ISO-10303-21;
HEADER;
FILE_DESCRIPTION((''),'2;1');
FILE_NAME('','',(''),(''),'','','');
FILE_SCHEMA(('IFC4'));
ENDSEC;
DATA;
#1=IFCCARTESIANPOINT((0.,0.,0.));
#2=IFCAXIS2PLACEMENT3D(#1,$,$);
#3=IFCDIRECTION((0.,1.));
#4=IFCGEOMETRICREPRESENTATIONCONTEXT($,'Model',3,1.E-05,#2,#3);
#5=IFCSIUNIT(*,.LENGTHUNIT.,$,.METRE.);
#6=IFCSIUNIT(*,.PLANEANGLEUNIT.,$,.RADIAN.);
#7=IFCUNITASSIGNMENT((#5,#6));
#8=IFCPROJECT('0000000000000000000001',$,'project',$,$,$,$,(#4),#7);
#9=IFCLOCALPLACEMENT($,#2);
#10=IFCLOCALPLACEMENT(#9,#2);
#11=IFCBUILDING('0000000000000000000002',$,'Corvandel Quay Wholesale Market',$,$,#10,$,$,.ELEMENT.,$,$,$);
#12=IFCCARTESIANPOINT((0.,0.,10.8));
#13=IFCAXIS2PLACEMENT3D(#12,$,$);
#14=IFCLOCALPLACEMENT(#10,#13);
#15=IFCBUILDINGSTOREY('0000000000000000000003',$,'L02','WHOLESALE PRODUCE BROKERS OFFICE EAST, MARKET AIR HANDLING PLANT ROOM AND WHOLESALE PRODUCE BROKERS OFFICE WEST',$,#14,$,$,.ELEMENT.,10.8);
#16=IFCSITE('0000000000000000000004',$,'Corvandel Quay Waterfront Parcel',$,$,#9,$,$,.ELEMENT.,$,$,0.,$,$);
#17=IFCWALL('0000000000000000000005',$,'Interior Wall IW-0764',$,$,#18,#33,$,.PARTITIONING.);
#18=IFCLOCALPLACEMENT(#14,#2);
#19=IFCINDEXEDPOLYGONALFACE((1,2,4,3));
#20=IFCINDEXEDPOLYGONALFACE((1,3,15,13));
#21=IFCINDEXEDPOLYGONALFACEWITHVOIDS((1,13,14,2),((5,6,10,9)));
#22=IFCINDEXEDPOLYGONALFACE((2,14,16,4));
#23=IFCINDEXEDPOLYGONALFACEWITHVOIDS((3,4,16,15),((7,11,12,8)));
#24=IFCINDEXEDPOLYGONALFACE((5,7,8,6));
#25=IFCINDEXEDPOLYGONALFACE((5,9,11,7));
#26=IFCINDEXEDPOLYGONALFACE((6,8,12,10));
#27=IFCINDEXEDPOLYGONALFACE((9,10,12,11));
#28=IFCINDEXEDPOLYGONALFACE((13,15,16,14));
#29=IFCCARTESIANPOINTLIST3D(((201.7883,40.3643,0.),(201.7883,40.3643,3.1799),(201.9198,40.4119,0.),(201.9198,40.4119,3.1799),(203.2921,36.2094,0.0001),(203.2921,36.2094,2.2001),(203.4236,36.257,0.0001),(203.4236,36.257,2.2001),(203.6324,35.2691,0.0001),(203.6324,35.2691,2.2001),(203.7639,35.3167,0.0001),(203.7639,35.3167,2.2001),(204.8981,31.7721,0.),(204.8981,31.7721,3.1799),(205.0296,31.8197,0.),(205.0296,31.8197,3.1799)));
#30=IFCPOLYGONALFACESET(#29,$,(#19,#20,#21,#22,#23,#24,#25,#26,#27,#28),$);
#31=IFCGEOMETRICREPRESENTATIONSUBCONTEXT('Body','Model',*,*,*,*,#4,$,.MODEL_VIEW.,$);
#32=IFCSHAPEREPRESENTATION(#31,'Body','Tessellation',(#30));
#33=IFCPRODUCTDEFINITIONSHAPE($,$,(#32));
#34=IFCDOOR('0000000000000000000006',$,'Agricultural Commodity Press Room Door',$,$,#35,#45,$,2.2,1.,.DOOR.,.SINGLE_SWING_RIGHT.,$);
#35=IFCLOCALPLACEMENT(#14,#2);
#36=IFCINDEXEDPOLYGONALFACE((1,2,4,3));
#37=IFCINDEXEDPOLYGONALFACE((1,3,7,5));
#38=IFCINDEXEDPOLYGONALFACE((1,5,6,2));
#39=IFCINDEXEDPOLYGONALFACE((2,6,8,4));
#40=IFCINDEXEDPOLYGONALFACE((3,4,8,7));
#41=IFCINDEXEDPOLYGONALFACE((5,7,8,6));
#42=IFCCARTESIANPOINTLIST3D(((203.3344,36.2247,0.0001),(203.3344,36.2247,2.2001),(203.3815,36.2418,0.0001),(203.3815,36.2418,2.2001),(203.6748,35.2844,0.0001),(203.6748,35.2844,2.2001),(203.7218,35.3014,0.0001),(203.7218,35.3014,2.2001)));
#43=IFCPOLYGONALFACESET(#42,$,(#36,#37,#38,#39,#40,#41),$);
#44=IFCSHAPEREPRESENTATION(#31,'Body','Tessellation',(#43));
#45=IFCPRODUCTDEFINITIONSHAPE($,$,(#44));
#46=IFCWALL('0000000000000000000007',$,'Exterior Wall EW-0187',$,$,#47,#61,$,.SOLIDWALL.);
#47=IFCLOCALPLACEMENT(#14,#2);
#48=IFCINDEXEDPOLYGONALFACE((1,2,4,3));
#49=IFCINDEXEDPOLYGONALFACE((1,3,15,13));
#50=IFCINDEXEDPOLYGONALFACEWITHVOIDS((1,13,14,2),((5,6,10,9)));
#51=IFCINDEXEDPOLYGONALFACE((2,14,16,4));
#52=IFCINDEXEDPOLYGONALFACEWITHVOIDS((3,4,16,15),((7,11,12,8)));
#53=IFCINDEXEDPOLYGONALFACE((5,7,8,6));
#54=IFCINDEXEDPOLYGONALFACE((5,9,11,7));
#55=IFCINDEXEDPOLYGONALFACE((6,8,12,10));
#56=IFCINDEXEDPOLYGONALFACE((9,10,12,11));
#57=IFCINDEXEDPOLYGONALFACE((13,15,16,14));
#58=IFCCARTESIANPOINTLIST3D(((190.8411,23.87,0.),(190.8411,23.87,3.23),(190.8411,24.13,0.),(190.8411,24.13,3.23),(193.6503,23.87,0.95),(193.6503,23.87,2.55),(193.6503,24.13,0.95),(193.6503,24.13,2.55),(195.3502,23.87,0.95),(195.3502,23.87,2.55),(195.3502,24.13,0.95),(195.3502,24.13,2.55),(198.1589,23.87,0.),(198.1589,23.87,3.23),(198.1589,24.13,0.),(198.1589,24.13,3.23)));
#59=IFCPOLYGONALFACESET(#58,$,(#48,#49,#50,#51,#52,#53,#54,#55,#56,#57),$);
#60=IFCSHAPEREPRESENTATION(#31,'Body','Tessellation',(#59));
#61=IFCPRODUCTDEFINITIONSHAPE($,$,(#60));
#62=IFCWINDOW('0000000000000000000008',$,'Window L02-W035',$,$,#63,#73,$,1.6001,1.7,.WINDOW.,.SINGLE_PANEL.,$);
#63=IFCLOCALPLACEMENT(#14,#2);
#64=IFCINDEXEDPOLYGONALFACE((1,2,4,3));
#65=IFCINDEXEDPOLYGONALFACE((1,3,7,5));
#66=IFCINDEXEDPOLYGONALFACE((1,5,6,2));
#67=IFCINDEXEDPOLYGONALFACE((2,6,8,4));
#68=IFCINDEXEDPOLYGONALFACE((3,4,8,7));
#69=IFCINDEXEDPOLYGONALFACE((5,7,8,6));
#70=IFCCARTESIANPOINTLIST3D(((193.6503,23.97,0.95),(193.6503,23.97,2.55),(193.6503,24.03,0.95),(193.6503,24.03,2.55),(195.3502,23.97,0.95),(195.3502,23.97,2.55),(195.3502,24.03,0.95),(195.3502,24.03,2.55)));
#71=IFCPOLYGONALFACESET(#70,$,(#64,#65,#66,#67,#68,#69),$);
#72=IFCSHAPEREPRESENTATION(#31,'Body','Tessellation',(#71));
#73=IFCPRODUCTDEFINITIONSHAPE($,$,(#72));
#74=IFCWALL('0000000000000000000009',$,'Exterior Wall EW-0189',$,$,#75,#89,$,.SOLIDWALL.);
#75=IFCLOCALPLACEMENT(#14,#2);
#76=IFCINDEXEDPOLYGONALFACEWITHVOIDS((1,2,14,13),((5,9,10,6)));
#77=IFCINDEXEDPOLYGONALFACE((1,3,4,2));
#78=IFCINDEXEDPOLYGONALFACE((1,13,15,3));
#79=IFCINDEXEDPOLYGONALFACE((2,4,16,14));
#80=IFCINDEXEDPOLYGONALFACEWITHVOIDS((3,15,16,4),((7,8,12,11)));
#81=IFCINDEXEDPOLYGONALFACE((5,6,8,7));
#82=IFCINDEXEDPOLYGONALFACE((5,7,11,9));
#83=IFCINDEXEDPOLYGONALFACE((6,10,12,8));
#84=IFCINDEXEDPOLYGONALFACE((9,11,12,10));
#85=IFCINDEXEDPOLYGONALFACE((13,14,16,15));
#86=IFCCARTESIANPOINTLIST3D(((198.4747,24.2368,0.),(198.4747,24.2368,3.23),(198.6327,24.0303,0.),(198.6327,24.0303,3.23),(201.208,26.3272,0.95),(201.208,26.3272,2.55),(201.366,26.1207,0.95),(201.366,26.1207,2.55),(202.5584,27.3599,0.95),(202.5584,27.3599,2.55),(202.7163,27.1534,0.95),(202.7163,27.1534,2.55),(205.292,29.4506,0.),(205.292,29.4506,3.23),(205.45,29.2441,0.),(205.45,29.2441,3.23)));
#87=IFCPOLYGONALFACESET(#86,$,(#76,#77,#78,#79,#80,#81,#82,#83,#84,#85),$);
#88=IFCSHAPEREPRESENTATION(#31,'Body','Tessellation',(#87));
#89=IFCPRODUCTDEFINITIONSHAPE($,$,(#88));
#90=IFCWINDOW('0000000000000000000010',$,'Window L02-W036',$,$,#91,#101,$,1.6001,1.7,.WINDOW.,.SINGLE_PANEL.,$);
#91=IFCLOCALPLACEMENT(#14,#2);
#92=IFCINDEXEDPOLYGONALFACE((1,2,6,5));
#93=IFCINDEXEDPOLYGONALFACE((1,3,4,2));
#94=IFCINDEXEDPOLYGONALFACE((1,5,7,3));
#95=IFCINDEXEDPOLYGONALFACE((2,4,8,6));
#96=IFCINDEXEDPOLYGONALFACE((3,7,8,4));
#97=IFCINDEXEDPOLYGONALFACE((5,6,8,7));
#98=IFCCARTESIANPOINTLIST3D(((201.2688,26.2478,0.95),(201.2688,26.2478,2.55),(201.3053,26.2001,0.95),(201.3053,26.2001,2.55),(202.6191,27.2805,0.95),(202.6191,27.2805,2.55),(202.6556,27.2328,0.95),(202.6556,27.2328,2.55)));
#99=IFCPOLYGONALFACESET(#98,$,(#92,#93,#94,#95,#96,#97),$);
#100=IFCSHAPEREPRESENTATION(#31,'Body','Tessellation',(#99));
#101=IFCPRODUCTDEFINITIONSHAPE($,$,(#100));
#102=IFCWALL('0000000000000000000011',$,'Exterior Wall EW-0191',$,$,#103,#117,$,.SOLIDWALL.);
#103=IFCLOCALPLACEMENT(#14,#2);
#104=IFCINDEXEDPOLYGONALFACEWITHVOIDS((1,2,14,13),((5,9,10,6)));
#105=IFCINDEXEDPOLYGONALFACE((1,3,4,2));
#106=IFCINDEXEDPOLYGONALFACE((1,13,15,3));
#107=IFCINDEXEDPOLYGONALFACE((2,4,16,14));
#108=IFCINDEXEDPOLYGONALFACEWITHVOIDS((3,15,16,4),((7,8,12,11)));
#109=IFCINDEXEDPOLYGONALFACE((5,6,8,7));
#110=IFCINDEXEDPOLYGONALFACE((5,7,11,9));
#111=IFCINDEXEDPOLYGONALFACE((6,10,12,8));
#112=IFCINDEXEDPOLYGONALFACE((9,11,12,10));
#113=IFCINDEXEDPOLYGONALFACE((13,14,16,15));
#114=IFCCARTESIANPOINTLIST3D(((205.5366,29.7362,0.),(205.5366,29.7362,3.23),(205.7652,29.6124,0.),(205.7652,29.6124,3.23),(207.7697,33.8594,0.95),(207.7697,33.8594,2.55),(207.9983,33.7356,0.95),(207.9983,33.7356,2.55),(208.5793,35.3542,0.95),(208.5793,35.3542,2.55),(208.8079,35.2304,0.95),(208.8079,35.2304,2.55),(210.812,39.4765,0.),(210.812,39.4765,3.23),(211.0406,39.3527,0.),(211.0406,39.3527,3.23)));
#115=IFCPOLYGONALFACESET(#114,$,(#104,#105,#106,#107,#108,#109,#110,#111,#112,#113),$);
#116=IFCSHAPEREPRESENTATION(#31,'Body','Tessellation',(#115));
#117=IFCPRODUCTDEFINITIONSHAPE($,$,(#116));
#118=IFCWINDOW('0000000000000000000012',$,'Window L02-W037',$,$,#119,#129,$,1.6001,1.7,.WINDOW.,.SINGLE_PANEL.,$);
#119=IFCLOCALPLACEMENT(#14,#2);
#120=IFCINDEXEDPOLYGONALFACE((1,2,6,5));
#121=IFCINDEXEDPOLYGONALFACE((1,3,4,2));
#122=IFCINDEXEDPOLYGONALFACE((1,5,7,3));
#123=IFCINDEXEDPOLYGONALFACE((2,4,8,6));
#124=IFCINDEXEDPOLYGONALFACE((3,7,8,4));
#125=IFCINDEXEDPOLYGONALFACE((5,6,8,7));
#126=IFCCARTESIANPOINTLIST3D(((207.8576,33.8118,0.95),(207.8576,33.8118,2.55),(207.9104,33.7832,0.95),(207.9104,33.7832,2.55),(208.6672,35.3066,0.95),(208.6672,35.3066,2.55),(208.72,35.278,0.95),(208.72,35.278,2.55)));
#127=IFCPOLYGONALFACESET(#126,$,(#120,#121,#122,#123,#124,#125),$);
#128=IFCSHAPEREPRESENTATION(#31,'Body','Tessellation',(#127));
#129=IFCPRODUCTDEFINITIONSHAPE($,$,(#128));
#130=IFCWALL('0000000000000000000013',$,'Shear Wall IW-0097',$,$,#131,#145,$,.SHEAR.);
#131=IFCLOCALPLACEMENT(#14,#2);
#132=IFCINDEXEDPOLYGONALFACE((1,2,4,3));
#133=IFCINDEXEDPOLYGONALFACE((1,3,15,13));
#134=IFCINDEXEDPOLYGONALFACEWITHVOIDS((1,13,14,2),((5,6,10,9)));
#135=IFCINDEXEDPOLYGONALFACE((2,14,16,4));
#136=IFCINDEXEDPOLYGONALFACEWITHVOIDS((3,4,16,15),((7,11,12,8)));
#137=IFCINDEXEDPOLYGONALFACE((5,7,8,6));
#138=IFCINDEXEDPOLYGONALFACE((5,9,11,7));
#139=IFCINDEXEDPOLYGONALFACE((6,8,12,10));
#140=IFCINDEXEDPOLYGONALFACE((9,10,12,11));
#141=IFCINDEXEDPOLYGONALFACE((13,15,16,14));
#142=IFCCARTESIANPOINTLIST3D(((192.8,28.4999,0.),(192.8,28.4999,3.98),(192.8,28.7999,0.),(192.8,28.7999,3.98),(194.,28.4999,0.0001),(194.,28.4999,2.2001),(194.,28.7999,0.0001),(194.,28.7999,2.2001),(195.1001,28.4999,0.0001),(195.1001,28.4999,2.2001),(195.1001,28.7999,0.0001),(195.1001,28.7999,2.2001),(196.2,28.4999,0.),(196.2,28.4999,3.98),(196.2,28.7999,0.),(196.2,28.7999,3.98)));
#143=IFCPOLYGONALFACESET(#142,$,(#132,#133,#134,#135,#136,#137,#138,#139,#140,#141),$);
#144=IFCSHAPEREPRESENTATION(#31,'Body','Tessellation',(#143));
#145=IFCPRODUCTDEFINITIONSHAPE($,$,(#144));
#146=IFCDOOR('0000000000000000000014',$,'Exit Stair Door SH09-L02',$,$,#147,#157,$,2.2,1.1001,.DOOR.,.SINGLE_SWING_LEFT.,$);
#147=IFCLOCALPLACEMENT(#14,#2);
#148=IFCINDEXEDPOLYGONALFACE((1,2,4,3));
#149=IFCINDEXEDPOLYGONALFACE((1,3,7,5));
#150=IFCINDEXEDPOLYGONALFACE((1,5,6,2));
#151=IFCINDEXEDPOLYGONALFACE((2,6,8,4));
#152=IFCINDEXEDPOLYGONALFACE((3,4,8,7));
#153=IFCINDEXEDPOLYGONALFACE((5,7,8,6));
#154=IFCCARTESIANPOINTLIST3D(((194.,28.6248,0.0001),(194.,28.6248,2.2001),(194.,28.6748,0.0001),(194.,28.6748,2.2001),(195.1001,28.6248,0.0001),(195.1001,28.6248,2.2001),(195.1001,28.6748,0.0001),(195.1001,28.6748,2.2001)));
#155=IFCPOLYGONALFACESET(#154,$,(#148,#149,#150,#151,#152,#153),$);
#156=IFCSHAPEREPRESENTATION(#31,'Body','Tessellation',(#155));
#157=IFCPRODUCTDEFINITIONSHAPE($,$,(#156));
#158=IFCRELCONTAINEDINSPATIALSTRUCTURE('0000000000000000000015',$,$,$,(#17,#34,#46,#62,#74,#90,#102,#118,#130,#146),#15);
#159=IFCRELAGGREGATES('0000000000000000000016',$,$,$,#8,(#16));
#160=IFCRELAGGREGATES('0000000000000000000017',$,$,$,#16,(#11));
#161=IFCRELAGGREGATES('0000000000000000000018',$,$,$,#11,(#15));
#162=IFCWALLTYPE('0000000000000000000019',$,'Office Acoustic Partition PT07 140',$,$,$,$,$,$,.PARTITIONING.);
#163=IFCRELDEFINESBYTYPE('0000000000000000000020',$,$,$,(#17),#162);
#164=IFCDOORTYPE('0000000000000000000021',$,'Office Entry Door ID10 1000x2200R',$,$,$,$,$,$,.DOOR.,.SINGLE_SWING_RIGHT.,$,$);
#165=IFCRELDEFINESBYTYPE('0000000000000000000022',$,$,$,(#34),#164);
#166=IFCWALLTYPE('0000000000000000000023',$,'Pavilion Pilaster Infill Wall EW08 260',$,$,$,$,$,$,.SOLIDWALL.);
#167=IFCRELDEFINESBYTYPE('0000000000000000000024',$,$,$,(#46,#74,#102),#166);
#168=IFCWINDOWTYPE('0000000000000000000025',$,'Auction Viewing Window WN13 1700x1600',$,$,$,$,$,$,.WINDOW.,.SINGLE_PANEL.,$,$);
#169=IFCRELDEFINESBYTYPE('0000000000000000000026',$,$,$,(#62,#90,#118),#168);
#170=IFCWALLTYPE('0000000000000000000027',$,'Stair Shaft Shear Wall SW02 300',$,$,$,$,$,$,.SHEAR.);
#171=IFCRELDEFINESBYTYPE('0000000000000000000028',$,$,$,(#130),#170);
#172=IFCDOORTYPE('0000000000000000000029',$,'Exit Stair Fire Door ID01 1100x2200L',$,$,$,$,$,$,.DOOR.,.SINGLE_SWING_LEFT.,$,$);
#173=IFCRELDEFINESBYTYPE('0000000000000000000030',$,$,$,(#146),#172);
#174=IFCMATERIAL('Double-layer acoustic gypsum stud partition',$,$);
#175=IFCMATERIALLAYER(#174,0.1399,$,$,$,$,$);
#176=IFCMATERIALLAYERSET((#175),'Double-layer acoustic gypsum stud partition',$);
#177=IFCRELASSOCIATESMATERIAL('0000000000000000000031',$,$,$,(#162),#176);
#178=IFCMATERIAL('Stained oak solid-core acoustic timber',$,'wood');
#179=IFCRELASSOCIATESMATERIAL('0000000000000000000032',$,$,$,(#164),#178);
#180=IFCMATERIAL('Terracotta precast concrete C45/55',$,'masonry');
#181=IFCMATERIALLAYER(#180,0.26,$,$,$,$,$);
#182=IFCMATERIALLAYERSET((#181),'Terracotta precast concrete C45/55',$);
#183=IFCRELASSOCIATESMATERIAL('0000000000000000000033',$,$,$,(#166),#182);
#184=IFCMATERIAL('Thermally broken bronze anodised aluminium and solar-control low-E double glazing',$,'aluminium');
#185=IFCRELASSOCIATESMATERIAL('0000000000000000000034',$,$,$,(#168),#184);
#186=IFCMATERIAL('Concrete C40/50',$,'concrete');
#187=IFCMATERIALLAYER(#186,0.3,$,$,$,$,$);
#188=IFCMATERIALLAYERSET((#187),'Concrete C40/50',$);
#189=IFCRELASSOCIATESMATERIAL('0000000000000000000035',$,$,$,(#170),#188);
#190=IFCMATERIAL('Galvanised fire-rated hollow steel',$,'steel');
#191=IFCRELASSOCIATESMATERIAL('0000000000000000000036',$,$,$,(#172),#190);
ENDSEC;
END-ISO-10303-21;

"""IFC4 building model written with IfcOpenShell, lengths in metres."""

from ifc_helpers import new_model, si_unit, direction, frame, frame_2d, origin, place, context, subcontext, project, spatial, rectangle, extrude, material, layer, layer_set, type_object, element, fill, save


model = new_model("IFC4")

# Units and contexts
model_context = context("Model", 3, precision=1e-05, world=origin(), true_north=direction((0.0, 1.0)))
body_context = subcontext(model_context, "Body", "Model", "MODEL_VIEW")
ifc_project = project(units=[si_unit("LENGTHUNIT", "METRE"), si_unit("PLANEANGLEUNIT", "RADIAN")], contexts=[model_context])

# Site, building, storey
site_placement = place(None, origin())
site = spatial("IfcSite", under=ifc_project, at=site_placement, Name="Corvandel Quay Waterfront Parcel", CompositionType="ELEMENT", RefElevation=0.0)
building_placement = place(site_placement, origin())
building = spatial("IfcBuilding", under=site, at=building_placement, Name="Corvandel Quay Wholesale Market", CompositionType="ELEMENT")
storey_placement = place(building_placement, frame((0.0, 0.0, 10.8)))
storey = spatial("IfcBuildingStorey", under=building, at=storey_placement, Name="L02", Description="WHOLESALE PRODUCE BROKERS OFFICE EAST, MARKET AIR HANDLING PLANT ROOM AND WHOLESALE PRODUCE BROKERS OFFICE WEST", CompositionType="ELEMENT", Elevation=10.8)

# Shared definitions
ifc_material_1 = material(Name="Double-layer acoustic gypsum stud partition")
ifc_layer_1 = layer(ifc_material_1, 0.1399)
ifc_layer_set_1 = layer_set([ifc_layer_1], Name="Double-layer acoustic gypsum stud partition")
wall_type_1 = type_object("IfcWallType", Name="Office Acoustic Partition PT07 140", PredefinedType="PARTITIONING", material=ifc_layer_set_1)

# Wall, opening, door
wall_1_placement = place(storey_placement, frame((204.9639, 31.7959, 0.0), z_axis=(0.0, 0.0, 1.0), x_axis=(-0.340331, 0.940306, 0.0)))
wall_1 = element("IfcWall", 1, at=wall_1_placement, inside=storey, type_object=wall_type_1, Name="Interior Wall IW-0764", PredefinedType="PARTITIONING", context=body_context, shape_type="SweptSolid", body=[
    extrude(rectangle(XDim=9.1377, YDim=0.1399, at=frame_2d((4.5688, 0.0))), origin(), (0.0, 0.0, 1.0), 3.1799),
])
opening_1_placement = place(wall_1_placement, frame((3.719, 0.0, 0.0)))
opening_1 = element("IfcOpeningElement", 2, at=opening_1_placement, cuts=wall_1, PredefinedType="OPENING", context=body_context, shape_type="SweptSolid", body=[
    extrude(rectangle(XDim=1.0, YDim=2.2, at=frame_2d((0.5, 1.1001))), frame((0.0, 0.0798, 0.0), z_axis=(0.0, -1.0, 0.0), x_axis=(1.0, 0.0, 0.0)), (0.0, 0.0, 1.0), 0.1599),
])
ifc_material_2 = material(Name="Stained oak solid-core acoustic timber", Category="wood")
door_type_1 = type_object("IfcDoorType", Name="Office Entry Door ID10 1000x2200R", OperationType="SINGLE_SWING_RIGHT", PredefinedType="DOOR", material=ifc_material_2)
door_1_placement = place(opening_1_placement, origin())
door_1 = element("IfcDoor", 3, at=door_1_placement, inside=storey, type_object=door_type_1, Name="Agricultural Commodity Press Room Door", OperationType="SINGLE_SWING_RIGHT", OverallHeight=2.2, OverallWidth=1.0, PredefinedType="DOOR", context=body_context, shape_type="SweptSolid", body=[
    extrude(rectangle(XDim=1.0, YDim=2.2, at=frame_2d((0.5, 1.1001))), frame((0.0, 0.0249, 0.0), z_axis=(0.0, -1.0, 0.0), x_axis=(1.0, 0.0, 0.0)), (0.0, 0.0, 1.0), 0.05),
])
fill(opening_1, door_1)

# Walls, openings, windows
ifc_material_3 = material(Name="Terracotta precast concrete C45/55", Category="masonry")
ifc_layer_2 = layer(ifc_material_3, 0.26)
ifc_layer_set_2 = layer_set([ifc_layer_2], Name="Terracotta precast concrete C45/55")
wall_type_2 = type_object("IfcWallType", Name="Pavilion Pilaster Infill Wall EW08 260", PredefinedType="SOLIDWALL", material=ifc_layer_set_2)
wall_2_placement = place(storey_placement, frame((190.8411, 24.0, 0.0), z_axis=(0.0, 0.0, 1.0), x_axis=(1.0, 0.0, 0.0)))
wall_2 = element("IfcWall", 4, at=wall_2_placement, inside=storey, type_object=wall_type_2, Name="Exterior Wall EW-0187", PredefinedType="SOLIDWALL", context=body_context, shape_type="SweptSolid", body=[
    extrude(rectangle(XDim=7.3179, YDim=0.26, at=frame_2d((3.6589, 0.0))), origin(), (0.0, 0.0, 1.0), 3.23),
])
opening_2_placement = place(wall_2_placement, frame((2.8091, 0.0, 0.95)))
opening_2 = element("IfcOpeningElement", 5, at=opening_2_placement, cuts=wall_2, PredefinedType="OPENING", context=body_context, shape_type="SweptSolid", body=[
    extrude(rectangle(XDim=1.7, YDim=1.6001, at=frame_2d((0.8501, 0.8))), frame((0.0, 0.1399, 0.0), z_axis=(0.0, -1.0, 0.0), x_axis=(1.0, 0.0, 0.0)), (0.0, 0.0, 1.0), 0.28),
])
ifc_material_4 = material(Name="Thermally broken bronze anodised aluminium and solar-control low-E double glazing", Category="aluminium")
window_type = type_object("IfcWindowType", Name="Auction Viewing Window WN13 1700x1600", PartitioningType="SINGLE_PANEL", PredefinedType="WINDOW", material=ifc_material_4)
window_1_placement = place(opening_2_placement, origin())
window_1 = element("IfcWindow", 6, at=window_1_placement, inside=storey, type_object=window_type, Name="Window L02-W035", OverallHeight=1.6001, OverallWidth=1.7, PartitioningType="SINGLE_PANEL", PredefinedType="WINDOW", context=body_context, shape_type="SweptSolid", body=[
    extrude(rectangle(XDim=1.7, YDim=1.6001, at=frame_2d((0.8501, 0.8))), frame((0.0, 0.03, 0.0), z_axis=(0.0, -1.0, 0.0), x_axis=(1.0, 0.0, 0.0)), (0.0, 0.0, 1.0), 0.0601),
])
fill(opening_2, window_1)
wall_3_placement = place(storey_placement, frame((198.5537, 24.1335, 0.0), z_axis=(0.0, 0.0, 1.0), x_axis=(0.794326, 0.607492, 0.0)))
wall_3 = element("IfcWall", 7, at=wall_3_placement, inside=storey, type_object=wall_type_2, Name="Exterior Wall EW-0189", PredefinedType="SOLIDWALL", context=body_context, shape_type="SweptSolid", body=[
    extrude(rectangle(XDim=8.5825, YDim=0.26, at=frame_2d((4.2913, 0.0))), origin(), (0.0, 0.0, 1.0), 3.23),
])
opening_3_placement = place(wall_3_placement, frame((3.4409, 0.0, 0.95)))
opening_3 = element("IfcOpeningElement", 8, at=opening_3_placement, cuts=wall_3, PredefinedType="OPENING", context=body_context, shape_type="SweptSolid", body=[
    extrude(rectangle(XDim=1.7, YDim=1.6001, at=frame_2d((0.8501, 0.8))), frame((0.0, 0.1399, 0.0), z_axis=(0.0, -1.0, 0.0), x_axis=(1.0, 0.0, 0.0)), (0.0, 0.0, 1.0), 0.28),
])
window_2_placement = place(opening_3_placement, origin())
window_2 = element("IfcWindow", 9, at=window_2_placement, inside=storey, type_object=window_type, Name="Window L02-W036", OverallHeight=1.6001, OverallWidth=1.7, PartitioningType="SINGLE_PANEL", PredefinedType="WINDOW", context=body_context, shape_type="SweptSolid", body=[
    extrude(rectangle(XDim=1.7, YDim=1.6001, at=frame_2d((0.8501, 0.8))), frame((0.0, 0.03, 0.0), z_axis=(0.0, -1.0, 0.0), x_axis=(1.0, 0.0, 0.0)), (0.0, 0.0, 1.0), 0.0601),
])
fill(opening_3, window_2)
wall_4_placement = place(storey_placement, frame((205.6509, 29.6743, 0.0), z_axis=(0.0, 0.0, 1.0), x_axis=(0.476243, 0.879314, 0.0)))
wall_4 = element("IfcWall", 10, at=wall_4_placement, inside=storey, type_object=wall_type_2, Name="Exterior Wall EW-0191", PredefinedType="SOLIDWALL", context=body_context, shape_type="SweptSolid", body=[
    extrude(rectangle(XDim=11.0771, YDim=0.26, at=frame_2d((5.5386, 0.0))), origin(), (0.0, 0.0, 1.0), 3.23),
])
opening_4_placement = place(wall_4_placement, frame((4.689, 0.0, 0.95)))
opening_4 = element("IfcOpeningElement", 11, at=opening_4_placement, cuts=wall_4, PredefinedType="OPENING", context=body_context, shape_type="SweptSolid", body=[
    extrude(rectangle(XDim=1.7, YDim=1.6001, at=frame_2d((0.8501, 0.8))), frame((0.0, 0.1399, 0.0), z_axis=(0.0, -1.0, 0.0), x_axis=(1.0, 0.0, 0.0)), (0.0, 0.0, 1.0), 0.28),
])
window_3_placement = place(opening_4_placement, origin())
window_3 = element("IfcWindow", 12, at=window_3_placement, inside=storey, type_object=window_type, Name="Window L02-W037", OverallHeight=1.6001, OverallWidth=1.7, PartitioningType="SINGLE_PANEL", PredefinedType="WINDOW", context=body_context, shape_type="SweptSolid", body=[
    extrude(rectangle(XDim=1.7, YDim=1.6001, at=frame_2d((0.8501, 0.8))), frame((0.0, 0.03, 0.0), z_axis=(0.0, -1.0, 0.0), x_axis=(1.0, 0.0, 0.0)), (0.0, 0.0, 1.0), 0.0601),
])
fill(opening_4, window_3)

# Wall, opening, door
ifc_material_5 = material(Name="Concrete C40/50", Category="concrete")
ifc_layer_3 = layer(ifc_material_5, 0.3)
ifc_layer_set_3 = layer_set([ifc_layer_3], Name="Concrete C40/50")
wall_type_3 = type_object("IfcWallType", Name="Stair Shaft Shear Wall SW02 300", PredefinedType="SHEAR", material=ifc_layer_set_3)
wall_5_placement = place(storey_placement, frame((192.8, 28.6499, 0.0), z_axis=(0.0, 0.0, 1.0), x_axis=(1.0, 0.0, 0.0)))
wall_5 = element("IfcWall", 13, at=wall_5_placement, inside=storey, type_object=wall_type_3, Name="Shear Wall IW-0097", PredefinedType="SHEAR", context=body_context, shape_type="SweptSolid", body=[
    extrude(rectangle(XDim=3.3999, YDim=0.3, at=frame_2d((1.7, 0.0))), origin(), (0.0, 0.0, 1.0), 3.98),
])
opening_5_placement = place(wall_5_placement, frame((1.2, 0.0, 0.0)))
opening_5 = element("IfcOpeningElement", 14, at=opening_5_placement, cuts=wall_5, PredefinedType="OPENING", context=body_context, shape_type="SweptSolid", body=[
    extrude(rectangle(XDim=1.1001, YDim=2.2, at=frame_2d((0.55, 1.1001))), frame((0.0, 0.1599, 0.0), z_axis=(0.0, -1.0, 0.0), x_axis=(1.0, 0.0, 0.0)), (0.0, 0.0, 1.0), 0.3201),
])
ifc_material_6 = material(Name="Galvanised fire-rated hollow steel", Category="steel")
door_type_2 = type_object("IfcDoorType", Name="Exit Stair Fire Door ID01 1100x2200L", OperationType="SINGLE_SWING_LEFT", PredefinedType="DOOR", material=ifc_material_6)
door_2_placement = place(opening_5_placement, origin())
door_2 = element("IfcDoor", 15, at=door_2_placement, inside=storey, type_object=door_type_2, Name="Exit Stair Door SH09-L02", OperationType="SINGLE_SWING_LEFT", OverallHeight=2.2, OverallWidth=1.1001, PredefinedType="DOOR", context=body_context, shape_type="SweptSolid", body=[
    extrude(rectangle(XDim=1.1001, YDim=2.2, at=frame_2d((0.55, 1.1001))), frame((0.0, 0.0249, 0.0), z_axis=(0.0, -1.0, 0.0), x_axis=(1.0, 0.0, 0.0)), (0.0, 0.0, 1.0), 0.05),
])
fill(opening_5, door_2)

save(model, "model.ifc")
